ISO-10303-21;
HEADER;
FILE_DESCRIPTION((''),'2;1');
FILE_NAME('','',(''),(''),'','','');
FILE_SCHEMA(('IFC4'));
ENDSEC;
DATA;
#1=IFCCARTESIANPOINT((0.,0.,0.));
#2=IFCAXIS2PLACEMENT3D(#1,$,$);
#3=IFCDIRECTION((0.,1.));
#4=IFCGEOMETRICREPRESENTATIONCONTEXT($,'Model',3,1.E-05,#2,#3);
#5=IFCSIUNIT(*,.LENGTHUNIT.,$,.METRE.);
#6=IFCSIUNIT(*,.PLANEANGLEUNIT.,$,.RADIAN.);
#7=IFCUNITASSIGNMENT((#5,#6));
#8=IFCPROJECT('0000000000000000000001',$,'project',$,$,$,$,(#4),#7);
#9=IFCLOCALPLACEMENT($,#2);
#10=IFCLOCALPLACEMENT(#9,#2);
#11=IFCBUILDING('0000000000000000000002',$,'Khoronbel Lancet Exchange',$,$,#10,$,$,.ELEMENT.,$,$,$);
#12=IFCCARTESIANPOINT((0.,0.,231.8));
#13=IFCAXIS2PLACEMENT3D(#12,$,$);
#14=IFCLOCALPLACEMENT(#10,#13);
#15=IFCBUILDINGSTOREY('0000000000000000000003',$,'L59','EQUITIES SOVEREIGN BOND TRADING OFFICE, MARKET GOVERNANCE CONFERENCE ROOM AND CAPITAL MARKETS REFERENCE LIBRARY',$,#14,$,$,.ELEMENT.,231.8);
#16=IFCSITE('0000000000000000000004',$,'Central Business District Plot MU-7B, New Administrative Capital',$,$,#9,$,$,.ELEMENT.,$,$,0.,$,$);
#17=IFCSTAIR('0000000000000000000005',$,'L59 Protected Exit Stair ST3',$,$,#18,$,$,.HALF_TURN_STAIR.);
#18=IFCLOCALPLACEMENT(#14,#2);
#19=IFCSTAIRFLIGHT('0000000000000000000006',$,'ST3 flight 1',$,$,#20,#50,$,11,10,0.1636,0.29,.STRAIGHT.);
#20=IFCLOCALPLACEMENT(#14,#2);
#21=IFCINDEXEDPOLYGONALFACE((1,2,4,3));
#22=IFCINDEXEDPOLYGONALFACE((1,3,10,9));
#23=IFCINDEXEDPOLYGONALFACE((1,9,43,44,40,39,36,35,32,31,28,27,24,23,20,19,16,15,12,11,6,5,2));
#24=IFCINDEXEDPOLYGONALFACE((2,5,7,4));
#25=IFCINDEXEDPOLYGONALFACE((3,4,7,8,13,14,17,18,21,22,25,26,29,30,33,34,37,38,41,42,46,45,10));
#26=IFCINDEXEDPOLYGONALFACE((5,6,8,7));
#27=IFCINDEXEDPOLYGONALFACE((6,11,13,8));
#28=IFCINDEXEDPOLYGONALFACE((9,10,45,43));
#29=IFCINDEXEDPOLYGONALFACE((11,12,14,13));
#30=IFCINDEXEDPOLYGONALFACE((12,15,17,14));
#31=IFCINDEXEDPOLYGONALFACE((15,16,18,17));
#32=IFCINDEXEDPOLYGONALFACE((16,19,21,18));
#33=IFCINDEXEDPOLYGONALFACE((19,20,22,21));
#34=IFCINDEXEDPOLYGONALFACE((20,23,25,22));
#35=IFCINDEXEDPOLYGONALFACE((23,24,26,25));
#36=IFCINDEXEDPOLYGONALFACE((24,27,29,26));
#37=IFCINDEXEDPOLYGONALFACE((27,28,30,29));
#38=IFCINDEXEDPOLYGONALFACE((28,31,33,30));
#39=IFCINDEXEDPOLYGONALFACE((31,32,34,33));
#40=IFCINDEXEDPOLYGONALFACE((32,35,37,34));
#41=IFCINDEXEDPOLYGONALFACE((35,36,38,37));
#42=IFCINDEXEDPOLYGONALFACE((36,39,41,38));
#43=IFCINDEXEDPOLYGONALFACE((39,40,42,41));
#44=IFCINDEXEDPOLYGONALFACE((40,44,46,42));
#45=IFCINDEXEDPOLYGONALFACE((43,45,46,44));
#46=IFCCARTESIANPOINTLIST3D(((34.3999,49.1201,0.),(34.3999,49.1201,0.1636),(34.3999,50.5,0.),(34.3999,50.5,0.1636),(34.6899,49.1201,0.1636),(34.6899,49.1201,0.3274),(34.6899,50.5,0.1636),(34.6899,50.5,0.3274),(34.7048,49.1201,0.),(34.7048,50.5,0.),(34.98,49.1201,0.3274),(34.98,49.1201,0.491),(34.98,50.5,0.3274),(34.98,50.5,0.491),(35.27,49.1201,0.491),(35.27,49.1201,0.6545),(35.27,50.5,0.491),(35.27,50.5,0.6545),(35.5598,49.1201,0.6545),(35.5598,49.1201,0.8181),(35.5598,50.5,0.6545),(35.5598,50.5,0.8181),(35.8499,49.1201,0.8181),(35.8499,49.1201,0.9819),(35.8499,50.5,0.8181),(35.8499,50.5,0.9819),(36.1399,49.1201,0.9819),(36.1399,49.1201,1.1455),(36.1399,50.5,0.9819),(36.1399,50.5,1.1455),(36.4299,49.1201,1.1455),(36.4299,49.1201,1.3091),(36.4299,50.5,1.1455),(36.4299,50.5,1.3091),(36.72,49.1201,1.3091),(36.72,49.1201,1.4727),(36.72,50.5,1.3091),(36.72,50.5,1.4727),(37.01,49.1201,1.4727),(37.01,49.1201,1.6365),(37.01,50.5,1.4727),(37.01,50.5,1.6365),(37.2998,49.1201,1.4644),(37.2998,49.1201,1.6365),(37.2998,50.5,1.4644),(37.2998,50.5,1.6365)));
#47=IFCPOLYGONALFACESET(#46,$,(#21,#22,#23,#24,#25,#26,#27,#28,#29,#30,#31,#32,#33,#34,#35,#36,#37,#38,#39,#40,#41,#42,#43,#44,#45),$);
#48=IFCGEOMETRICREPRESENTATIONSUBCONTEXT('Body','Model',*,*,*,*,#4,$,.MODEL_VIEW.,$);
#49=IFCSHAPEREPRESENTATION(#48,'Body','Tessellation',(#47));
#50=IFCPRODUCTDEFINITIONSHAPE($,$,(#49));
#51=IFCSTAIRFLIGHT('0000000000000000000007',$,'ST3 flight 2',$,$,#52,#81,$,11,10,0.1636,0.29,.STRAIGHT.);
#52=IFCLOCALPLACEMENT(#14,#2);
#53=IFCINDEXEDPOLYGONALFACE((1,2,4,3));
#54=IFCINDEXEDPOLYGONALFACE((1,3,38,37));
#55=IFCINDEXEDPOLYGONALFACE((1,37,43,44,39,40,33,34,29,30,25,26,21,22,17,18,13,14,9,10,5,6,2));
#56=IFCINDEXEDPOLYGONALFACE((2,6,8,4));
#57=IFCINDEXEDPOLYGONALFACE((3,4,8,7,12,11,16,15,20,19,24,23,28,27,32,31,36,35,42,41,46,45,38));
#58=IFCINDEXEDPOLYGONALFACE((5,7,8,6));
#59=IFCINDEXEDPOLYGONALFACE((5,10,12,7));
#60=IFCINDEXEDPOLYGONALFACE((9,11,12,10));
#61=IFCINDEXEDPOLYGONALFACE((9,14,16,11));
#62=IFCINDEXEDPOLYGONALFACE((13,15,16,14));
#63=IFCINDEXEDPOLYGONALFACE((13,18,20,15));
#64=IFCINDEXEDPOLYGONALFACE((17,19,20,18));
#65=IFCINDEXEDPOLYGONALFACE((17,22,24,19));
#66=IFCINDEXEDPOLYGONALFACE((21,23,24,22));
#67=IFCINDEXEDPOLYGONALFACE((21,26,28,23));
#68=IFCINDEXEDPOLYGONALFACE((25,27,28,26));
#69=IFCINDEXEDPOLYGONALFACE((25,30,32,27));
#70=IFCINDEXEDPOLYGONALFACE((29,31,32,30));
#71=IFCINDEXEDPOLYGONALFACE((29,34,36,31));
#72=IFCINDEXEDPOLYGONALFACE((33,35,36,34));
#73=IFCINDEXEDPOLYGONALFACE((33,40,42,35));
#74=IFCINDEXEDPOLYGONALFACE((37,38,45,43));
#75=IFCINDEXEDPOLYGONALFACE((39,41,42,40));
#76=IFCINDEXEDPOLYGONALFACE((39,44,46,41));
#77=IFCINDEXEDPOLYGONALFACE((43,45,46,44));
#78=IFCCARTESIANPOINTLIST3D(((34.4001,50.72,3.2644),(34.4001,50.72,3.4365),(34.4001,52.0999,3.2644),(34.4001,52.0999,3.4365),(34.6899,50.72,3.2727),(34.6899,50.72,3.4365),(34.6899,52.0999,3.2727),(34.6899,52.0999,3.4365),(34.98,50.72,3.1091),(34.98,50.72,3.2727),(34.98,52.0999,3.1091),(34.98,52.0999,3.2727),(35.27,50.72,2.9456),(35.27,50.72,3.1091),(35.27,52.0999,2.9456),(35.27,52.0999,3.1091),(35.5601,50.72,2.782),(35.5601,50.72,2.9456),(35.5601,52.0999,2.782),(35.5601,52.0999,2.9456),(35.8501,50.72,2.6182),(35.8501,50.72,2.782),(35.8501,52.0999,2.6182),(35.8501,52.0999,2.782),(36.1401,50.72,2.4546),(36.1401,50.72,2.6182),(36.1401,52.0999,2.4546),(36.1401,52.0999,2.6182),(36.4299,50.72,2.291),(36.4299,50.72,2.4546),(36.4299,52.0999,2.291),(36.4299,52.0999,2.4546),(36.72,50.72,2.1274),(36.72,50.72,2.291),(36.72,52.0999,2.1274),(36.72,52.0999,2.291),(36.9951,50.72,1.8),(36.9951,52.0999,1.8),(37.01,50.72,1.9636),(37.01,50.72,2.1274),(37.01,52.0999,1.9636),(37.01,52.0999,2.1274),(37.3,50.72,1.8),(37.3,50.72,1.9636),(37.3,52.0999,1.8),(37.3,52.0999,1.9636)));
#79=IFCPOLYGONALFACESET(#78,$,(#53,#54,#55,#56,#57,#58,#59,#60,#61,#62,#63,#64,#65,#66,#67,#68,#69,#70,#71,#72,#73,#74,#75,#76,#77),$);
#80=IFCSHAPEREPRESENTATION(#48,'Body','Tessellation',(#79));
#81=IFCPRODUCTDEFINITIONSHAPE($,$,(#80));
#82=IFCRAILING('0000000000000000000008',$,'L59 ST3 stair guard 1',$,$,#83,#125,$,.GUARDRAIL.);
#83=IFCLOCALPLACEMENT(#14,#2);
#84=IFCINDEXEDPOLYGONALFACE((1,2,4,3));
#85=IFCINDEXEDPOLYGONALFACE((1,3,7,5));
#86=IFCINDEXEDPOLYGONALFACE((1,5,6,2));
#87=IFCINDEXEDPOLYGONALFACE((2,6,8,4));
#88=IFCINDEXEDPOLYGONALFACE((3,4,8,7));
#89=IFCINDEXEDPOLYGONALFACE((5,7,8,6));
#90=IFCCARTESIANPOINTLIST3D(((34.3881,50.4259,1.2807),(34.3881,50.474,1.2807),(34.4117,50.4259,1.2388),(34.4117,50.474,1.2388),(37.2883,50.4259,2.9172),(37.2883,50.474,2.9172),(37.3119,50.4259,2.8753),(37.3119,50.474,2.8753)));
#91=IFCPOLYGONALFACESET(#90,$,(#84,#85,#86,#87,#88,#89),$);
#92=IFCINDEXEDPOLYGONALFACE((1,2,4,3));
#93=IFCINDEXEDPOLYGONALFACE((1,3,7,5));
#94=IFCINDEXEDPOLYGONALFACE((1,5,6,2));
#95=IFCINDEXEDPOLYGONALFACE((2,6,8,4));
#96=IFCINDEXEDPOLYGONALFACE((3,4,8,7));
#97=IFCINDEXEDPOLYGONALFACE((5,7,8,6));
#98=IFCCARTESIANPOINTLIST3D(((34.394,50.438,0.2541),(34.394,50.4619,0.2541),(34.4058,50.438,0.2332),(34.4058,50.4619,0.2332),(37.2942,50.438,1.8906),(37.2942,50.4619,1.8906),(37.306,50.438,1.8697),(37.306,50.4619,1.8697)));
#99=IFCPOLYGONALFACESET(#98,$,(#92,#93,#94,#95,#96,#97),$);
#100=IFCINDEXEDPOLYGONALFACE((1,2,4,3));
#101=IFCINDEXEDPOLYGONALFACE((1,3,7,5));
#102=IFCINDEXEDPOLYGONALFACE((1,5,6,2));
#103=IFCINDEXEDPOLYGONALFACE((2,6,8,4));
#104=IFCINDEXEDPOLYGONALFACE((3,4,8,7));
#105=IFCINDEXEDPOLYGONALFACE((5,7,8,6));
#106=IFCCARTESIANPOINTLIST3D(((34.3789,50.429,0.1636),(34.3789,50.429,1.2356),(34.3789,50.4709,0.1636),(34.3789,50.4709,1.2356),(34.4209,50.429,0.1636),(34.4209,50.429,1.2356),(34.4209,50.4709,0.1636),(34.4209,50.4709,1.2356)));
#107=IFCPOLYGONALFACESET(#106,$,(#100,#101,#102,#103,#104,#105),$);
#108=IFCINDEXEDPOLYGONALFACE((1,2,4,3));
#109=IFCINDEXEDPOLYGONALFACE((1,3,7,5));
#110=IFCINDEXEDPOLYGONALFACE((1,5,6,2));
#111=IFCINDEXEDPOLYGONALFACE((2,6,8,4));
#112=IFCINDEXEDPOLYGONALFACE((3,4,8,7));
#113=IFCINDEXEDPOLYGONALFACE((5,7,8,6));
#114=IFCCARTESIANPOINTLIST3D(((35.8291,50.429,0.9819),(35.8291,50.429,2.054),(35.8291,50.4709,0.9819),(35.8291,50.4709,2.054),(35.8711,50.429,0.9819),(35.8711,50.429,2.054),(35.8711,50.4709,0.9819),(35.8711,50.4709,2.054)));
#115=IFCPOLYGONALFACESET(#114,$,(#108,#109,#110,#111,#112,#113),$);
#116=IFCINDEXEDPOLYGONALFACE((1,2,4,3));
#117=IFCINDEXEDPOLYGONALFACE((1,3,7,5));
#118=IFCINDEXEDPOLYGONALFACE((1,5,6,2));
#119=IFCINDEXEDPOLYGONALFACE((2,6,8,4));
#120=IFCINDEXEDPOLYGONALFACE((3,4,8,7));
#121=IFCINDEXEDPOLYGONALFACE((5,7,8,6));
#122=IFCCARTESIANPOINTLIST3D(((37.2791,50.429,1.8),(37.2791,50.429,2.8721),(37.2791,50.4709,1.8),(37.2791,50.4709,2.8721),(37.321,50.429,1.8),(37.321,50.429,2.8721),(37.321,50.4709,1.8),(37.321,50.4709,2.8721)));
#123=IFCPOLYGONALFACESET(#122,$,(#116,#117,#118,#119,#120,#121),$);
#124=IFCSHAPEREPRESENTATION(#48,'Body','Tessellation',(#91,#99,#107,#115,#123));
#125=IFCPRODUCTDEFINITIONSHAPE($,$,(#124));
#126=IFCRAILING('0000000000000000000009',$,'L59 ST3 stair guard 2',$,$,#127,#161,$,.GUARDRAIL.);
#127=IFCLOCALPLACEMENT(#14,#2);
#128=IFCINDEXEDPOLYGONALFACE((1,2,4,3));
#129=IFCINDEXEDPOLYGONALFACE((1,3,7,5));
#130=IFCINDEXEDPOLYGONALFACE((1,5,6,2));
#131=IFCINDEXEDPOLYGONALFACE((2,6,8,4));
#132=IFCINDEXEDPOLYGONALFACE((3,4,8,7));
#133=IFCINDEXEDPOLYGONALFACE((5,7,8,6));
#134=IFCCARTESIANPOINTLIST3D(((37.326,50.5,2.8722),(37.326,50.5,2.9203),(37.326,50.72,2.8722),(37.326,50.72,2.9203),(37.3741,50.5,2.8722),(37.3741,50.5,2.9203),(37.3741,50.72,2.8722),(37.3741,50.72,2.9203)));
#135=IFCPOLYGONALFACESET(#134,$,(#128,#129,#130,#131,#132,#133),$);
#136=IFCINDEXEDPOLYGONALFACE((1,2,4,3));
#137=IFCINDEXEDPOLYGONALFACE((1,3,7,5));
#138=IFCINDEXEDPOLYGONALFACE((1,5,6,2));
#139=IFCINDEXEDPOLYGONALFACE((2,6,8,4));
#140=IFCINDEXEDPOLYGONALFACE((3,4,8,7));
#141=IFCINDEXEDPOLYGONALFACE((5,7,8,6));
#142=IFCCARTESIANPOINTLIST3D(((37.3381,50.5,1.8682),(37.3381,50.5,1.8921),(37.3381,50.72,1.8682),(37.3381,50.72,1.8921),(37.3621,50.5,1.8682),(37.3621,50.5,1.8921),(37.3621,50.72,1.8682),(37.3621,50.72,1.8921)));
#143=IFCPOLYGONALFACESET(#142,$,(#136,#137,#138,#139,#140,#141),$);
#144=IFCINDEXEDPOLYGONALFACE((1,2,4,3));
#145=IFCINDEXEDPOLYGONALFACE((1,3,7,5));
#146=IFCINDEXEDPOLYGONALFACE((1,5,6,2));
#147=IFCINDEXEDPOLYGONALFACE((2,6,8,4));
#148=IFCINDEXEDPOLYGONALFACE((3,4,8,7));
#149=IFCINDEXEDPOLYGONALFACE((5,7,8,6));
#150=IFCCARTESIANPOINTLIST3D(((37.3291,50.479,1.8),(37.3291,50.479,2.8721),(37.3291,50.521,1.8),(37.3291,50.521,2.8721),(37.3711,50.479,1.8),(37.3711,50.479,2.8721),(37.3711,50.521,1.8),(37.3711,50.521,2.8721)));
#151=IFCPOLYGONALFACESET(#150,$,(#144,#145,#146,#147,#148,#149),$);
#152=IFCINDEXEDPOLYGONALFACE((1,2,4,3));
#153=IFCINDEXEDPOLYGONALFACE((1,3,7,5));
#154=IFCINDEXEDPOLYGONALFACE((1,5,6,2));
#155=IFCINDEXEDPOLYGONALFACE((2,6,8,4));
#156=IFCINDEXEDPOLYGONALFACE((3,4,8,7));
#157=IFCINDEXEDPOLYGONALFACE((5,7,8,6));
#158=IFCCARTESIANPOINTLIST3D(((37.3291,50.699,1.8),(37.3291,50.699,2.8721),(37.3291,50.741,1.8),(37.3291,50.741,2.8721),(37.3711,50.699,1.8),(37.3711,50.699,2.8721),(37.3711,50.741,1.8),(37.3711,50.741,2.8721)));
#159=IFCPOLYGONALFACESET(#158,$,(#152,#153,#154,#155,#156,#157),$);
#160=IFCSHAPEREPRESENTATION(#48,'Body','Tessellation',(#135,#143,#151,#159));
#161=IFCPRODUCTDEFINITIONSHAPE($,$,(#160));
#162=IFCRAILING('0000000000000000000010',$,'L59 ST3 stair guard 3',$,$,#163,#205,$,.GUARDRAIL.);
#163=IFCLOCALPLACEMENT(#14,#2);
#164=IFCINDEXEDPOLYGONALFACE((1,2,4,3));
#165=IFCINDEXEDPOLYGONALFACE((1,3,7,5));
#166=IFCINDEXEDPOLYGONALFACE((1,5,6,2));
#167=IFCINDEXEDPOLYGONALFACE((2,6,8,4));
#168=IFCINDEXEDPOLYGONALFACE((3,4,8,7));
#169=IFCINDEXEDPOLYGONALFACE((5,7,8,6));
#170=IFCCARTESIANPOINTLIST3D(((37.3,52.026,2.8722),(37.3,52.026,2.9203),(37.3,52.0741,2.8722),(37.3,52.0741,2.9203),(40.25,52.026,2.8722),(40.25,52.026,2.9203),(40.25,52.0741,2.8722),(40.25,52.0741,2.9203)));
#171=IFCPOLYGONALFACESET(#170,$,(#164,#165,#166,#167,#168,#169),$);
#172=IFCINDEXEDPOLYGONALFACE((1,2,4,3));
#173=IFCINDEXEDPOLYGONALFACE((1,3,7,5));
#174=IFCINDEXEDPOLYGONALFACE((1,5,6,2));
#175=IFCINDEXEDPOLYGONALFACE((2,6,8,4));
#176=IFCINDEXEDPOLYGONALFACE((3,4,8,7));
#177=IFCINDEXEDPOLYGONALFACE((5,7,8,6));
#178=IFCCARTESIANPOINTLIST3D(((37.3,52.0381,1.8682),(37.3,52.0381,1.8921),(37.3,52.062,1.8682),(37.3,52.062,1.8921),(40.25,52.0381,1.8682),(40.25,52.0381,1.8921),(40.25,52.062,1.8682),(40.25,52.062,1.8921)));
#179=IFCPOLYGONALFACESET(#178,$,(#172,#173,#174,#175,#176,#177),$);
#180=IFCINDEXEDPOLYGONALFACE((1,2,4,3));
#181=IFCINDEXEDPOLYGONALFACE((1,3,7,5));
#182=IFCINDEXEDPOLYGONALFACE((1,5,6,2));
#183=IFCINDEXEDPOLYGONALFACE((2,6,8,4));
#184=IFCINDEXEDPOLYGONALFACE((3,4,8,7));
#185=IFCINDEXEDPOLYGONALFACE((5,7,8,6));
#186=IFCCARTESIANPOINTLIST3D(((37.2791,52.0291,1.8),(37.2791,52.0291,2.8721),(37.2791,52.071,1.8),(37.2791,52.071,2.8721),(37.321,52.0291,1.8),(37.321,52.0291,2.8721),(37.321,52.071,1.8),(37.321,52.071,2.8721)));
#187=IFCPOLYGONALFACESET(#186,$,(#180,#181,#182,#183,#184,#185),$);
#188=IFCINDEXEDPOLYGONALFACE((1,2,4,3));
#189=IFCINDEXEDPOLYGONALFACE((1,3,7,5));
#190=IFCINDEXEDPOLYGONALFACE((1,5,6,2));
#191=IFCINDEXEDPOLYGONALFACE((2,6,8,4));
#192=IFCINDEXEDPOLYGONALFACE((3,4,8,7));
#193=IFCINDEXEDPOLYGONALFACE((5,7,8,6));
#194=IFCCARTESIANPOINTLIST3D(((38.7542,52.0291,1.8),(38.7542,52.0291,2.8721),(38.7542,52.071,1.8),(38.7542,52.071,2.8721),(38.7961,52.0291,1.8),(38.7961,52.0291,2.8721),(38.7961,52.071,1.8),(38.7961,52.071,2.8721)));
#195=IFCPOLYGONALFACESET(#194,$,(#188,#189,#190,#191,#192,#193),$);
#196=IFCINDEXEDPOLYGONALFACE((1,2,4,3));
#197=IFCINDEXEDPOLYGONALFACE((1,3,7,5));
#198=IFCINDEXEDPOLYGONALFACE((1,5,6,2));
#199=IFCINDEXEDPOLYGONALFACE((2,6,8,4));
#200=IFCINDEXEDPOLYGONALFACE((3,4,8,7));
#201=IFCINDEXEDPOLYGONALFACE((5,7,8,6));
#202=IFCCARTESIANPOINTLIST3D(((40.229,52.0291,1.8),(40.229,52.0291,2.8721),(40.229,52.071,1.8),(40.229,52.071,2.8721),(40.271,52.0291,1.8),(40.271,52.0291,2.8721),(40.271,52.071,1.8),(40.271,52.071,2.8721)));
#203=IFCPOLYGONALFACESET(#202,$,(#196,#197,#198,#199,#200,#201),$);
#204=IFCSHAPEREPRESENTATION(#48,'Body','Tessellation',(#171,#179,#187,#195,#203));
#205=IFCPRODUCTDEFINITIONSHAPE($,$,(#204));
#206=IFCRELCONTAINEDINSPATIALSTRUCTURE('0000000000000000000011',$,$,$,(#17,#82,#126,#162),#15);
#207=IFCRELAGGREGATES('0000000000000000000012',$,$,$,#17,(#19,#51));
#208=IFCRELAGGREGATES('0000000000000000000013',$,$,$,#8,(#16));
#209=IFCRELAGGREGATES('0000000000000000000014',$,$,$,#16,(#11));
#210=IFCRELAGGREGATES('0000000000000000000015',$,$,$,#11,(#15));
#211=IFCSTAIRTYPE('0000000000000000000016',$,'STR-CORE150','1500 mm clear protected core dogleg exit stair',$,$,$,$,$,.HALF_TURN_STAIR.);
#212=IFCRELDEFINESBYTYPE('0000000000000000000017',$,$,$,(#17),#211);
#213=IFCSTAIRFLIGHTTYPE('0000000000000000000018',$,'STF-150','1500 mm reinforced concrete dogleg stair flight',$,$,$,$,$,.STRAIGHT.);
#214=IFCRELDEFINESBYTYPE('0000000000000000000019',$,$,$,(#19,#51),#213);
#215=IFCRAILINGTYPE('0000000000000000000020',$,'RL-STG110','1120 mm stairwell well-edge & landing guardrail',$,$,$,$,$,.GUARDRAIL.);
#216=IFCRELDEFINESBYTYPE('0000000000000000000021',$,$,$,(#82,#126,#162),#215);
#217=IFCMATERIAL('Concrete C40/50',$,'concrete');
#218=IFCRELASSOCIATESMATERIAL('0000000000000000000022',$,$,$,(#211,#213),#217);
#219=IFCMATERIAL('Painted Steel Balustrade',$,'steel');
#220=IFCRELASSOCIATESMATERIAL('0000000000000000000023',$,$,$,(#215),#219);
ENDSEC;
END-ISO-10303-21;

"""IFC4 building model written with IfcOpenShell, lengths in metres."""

from ifc_helpers import new_model, si_unit, direction, frame, origin, origin_2d, place, context, subcontext, project, spatial, polyline, rectangle, outline, extrude, material, type_object, element, aggregate, save


model = new_model("IFC4")

# Units and contexts
model_context = context("Model", 3, precision=1e-05, world=origin(), true_north=direction((0.0, 1.0)))
body_context = subcontext(model_context, "Body", "Model", "MODEL_VIEW")
ifc_project = project(units=[si_unit("LENGTHUNIT", "METRE"), si_unit("PLANEANGLEUNIT", "RADIAN")], contexts=[model_context])

# Site, building, storey
site_placement = place(None, origin())
site = spatial("IfcSite", under=ifc_project, at=site_placement, Name="Central Business District Plot MU-7B, New Administrative Capital", CompositionType="ELEMENT", RefElevation=0.0)
building_placement = place(site_placement, origin())
building = spatial("IfcBuilding", under=site, at=building_placement, Name="Khoronbel Lancet Exchange", CompositionType="ELEMENT")
storey_placement = place(building_placement, frame((0.0, 0.0, 231.8)))
storey = spatial("IfcBuildingStorey", under=building, at=storey_placement, Name="L59", Description="EQUITIES SOVEREIGN BOND TRADING OFFICE, MARKET GOVERNANCE CONFERENCE ROOM AND CAPITAL MARKETS REFERENCE LIBRARY", CompositionType="ELEMENT", Elevation=231.8)

# Stair, stair flights
ifc_material_1 = material(Name="Concrete C40/50", Category="concrete")
stair_type = type_object("IfcStairType", Name="STR-CORE150", Description="1500 mm clear protected core dogleg exit stair", PredefinedType="HALF_TURN_STAIR", material=ifc_material_1)
stair_placement = place(storey_placement, origin())
stair = element("IfcStair", 1, at=stair_placement, inside=storey, type_object=stair_type, Name="L59 Protected Exit Stair ST3", PredefinedType="HALF_TURN_STAIR")
stair_flight_type = type_object("IfcStairFlightType", Name="STF-150", Description="1500 mm reinforced concrete dogleg stair flight", PredefinedType="STRAIGHT", material=ifc_material_1)
stair_flight_1_placement = place(storey_placement, frame((34.3999, 49.8101, 0.0), z_axis=(0.0, 0.0, 1.0), x_axis=(1.0, 0.0, 0.0)))
stair_flight_1 = element("IfcStairFlight", 2, at=stair_flight_1_placement, type_object=stair_flight_type, Name="ST3 flight 1", NumberOfRisers=11, NumberOfTreads=10, PredefinedType="STRAIGHT", RiserHeight=0.1636, TreadLength=0.29, context=body_context, shape_type="SweptSolid", body=[
    extrude(outline(polyline([(0.0, 0.0), (0.0, 0.1636), (0.29, 0.1636), (0.29, 0.3274), (0.5801, 0.3274), (0.5801, 0.491), (0.8701, 0.491), (0.8701, 0.6545), (1.1599, 0.6545), (1.1599, 0.8181), (1.45, 0.8181), (1.45, 0.9819), (1.74, 0.9819), (1.74, 1.1455), (2.03, 1.1455), (2.03, 1.3091), (2.3201, 1.3091), (2.3201, 1.4727), (2.6101, 1.4727), (2.6101, 1.6365), (2.8999, 1.6365), (2.8999, 1.8), (2.8999, 1.4644), (0.3049, 0.0), (0.0, 0.0)])), frame((0.0, 0.6899, 0.0), z_axis=(0.0, -1.0, 0.0), x_axis=(1.0, 0.0, 0.0)), (0.0, 0.0, 1.0), 1.3799),
])
stair_flight_2_placement = place(storey_placement, frame((37.3, 51.4099, 1.8), z_axis=(0.0, 0.0, 1.0), x_axis=(-1.0, 0.0, 0.0)))
stair_flight_2 = element("IfcStairFlight", 3, at=stair_flight_2_placement, type_object=stair_flight_type, Name="ST3 flight 2", NumberOfRisers=11, NumberOfTreads=10, PredefinedType="STRAIGHT", RiserHeight=0.1636, TreadLength=0.29, context=body_context, shape_type="SweptSolid", body=[
    extrude(outline(polyline([(0.0, 0.0), (0.0, 0.1636), (0.29, 0.1636), (0.29, 0.3274), (0.5801, 0.3274), (0.5801, 0.491), (0.8701, 0.491), (0.8701, 0.6545), (1.1599, 0.6545), (1.1599, 0.8181), (1.45, 0.8181), (1.45, 0.9819), (1.74, 0.9819), (1.74, 1.1455), (2.03, 1.1455), (2.03, 1.3091), (2.3201, 1.3091), (2.3201, 1.4727), (2.6101, 1.4727), (2.6101, 1.6365), (2.8999, 1.6365), (2.8999, 1.8), (2.8999, 1.4644), (0.3049, 0.0), (0.0, 0.0)])), frame((0.0, 0.6899, 0.0), z_axis=(0.0, -1.0, 0.0), x_axis=(1.0, 0.0, 0.0)), (0.0, 0.0, 1.0), 1.3799),
])
aggregate(stair, [stair_flight_1, stair_flight_2])

# Railings
ifc_material_2 = material(Name="Painted Steel Balustrade", Category="steel")
railing_type_1 = type_object("IfcRailingType", Name="RL-STG110", Description="1120 mm stairwell well-edge & landing guardrail", PredefinedType="GUARDRAIL", material=ifc_material_2)
railing_1_placement = place(storey_placement, frame((34.3999, 50.45, 0.1636)))
element("IfcRailing", 4, at=railing_1_placement, inside=storey, type_object=railing_type_1, Name="L59 ST3 stair guard 1", PredefinedType="GUARDRAIL", context=body_context, shape_type="SweptSolid", body=[
    extrude(rectangle(XDim=0.0481, YDim=0.0481, at=origin_2d()), frame((0.0, 0.0, 1.0962), z_axis=(0.870915, 0.0, 0.491434), x_axis=(0.0, 1.0, 0.0)), (0.0, 0.0, 1.0), 3.3301),
    extrude(rectangle(XDim=0.0239, YDim=0.0239, at=origin_2d()), frame((0.0, 0.0, 0.0801), z_axis=(0.870915, 0.0, 0.491434), x_axis=(0.0, 1.0, 0.0)), (0.0, 0.0, 1.0), 3.3301),
    extrude(rectangle(XDim=0.042, YDim=0.042, at=origin_2d()), origin(), (0.0, 0.0, 1.0), 1.072),
    extrude(rectangle(XDim=0.042, YDim=0.042, at=origin_2d()), frame((1.4502, 0.0, 0.8184)), (0.0, 0.0, 1.0), 1.072),
    extrude(rectangle(XDim=0.042, YDim=0.042, at=origin_2d()), frame((2.9001, 0.0, 1.6365)), (0.0, 0.0, 1.0), 1.072),
])
railing_2_placement = place(storey_placement, frame((37.3501, 50.5, 1.8)))
element("IfcRailing", 5, at=railing_2_placement, inside=storey, type_object=railing_type_1, Name="L59 ST3 stair guard 2", PredefinedType="GUARDRAIL", context=body_context, shape_type="SweptSolid", body=[
    extrude(rectangle(XDim=0.0481, YDim=0.0481, at=origin_2d()), frame((0.0, 0.0, 1.0962), z_axis=(0.0, 1.0, 0.0), x_axis=(-1.0, 0.0, 0.0)), (0.0, 0.0, 1.0), 0.22),
    extrude(rectangle(XDim=0.0239, YDim=0.0239, at=origin_2d()), frame((0.0, 0.0, 0.0801), z_axis=(0.0, 1.0, 0.0), x_axis=(-1.0, 0.0, 0.0)), (0.0, 0.0, 1.0), 0.22),
    extrude(rectangle(XDim=0.042, YDim=0.042, at=origin_2d()), origin(), (0.0, 0.0, 1.0), 1.072),
    extrude(rectangle(XDim=0.042, YDim=0.042, at=origin_2d()), frame((0.0, 0.22, 0.0)), (0.0, 0.0, 1.0), 1.072),
])
railing_3_placement = place(storey_placement, frame((37.3, 52.05, 1.8)))
element("IfcRailing", 6, at=railing_3_placement, inside=storey, type_object=railing_type_1, Name="L59 ST3 stair guard 3", PredefinedType="GUARDRAIL", context=body_context, shape_type="SweptSolid", body=[
    extrude(rectangle(XDim=0.0481, YDim=0.0481, at=origin_2d()), frame((0.0, 0.0, 1.0962), z_axis=(1.0, 0.0, 0.0), x_axis=(0.0, 1.0, 0.0)), (0.0, 0.0, 1.0), 2.95),
    extrude(rectangle(XDim=0.0239, YDim=0.0239, at=origin_2d()), frame((0.0, 0.0, 0.0801), z_axis=(1.0, 0.0, 0.0), x_axis=(0.0, 1.0, 0.0)), (0.0, 0.0, 1.0), 2.95),
    extrude(rectangle(XDim=0.042, YDim=0.042, at=origin_2d()), origin(), (0.0, 0.0, 1.0), 1.072),
    extrude(rectangle(XDim=0.042, YDim=0.042, at=origin_2d()), frame((1.4751, 0.0, 0.0)), (0.0, 0.0, 1.0), 1.072),
    extrude(rectangle(XDim=0.042, YDim=0.042, at=origin_2d()), frame((2.95, 0.0, 0.0)), (0.0, 0.0, 1.0), 1.072),
])

save(model, "model.ifc")
